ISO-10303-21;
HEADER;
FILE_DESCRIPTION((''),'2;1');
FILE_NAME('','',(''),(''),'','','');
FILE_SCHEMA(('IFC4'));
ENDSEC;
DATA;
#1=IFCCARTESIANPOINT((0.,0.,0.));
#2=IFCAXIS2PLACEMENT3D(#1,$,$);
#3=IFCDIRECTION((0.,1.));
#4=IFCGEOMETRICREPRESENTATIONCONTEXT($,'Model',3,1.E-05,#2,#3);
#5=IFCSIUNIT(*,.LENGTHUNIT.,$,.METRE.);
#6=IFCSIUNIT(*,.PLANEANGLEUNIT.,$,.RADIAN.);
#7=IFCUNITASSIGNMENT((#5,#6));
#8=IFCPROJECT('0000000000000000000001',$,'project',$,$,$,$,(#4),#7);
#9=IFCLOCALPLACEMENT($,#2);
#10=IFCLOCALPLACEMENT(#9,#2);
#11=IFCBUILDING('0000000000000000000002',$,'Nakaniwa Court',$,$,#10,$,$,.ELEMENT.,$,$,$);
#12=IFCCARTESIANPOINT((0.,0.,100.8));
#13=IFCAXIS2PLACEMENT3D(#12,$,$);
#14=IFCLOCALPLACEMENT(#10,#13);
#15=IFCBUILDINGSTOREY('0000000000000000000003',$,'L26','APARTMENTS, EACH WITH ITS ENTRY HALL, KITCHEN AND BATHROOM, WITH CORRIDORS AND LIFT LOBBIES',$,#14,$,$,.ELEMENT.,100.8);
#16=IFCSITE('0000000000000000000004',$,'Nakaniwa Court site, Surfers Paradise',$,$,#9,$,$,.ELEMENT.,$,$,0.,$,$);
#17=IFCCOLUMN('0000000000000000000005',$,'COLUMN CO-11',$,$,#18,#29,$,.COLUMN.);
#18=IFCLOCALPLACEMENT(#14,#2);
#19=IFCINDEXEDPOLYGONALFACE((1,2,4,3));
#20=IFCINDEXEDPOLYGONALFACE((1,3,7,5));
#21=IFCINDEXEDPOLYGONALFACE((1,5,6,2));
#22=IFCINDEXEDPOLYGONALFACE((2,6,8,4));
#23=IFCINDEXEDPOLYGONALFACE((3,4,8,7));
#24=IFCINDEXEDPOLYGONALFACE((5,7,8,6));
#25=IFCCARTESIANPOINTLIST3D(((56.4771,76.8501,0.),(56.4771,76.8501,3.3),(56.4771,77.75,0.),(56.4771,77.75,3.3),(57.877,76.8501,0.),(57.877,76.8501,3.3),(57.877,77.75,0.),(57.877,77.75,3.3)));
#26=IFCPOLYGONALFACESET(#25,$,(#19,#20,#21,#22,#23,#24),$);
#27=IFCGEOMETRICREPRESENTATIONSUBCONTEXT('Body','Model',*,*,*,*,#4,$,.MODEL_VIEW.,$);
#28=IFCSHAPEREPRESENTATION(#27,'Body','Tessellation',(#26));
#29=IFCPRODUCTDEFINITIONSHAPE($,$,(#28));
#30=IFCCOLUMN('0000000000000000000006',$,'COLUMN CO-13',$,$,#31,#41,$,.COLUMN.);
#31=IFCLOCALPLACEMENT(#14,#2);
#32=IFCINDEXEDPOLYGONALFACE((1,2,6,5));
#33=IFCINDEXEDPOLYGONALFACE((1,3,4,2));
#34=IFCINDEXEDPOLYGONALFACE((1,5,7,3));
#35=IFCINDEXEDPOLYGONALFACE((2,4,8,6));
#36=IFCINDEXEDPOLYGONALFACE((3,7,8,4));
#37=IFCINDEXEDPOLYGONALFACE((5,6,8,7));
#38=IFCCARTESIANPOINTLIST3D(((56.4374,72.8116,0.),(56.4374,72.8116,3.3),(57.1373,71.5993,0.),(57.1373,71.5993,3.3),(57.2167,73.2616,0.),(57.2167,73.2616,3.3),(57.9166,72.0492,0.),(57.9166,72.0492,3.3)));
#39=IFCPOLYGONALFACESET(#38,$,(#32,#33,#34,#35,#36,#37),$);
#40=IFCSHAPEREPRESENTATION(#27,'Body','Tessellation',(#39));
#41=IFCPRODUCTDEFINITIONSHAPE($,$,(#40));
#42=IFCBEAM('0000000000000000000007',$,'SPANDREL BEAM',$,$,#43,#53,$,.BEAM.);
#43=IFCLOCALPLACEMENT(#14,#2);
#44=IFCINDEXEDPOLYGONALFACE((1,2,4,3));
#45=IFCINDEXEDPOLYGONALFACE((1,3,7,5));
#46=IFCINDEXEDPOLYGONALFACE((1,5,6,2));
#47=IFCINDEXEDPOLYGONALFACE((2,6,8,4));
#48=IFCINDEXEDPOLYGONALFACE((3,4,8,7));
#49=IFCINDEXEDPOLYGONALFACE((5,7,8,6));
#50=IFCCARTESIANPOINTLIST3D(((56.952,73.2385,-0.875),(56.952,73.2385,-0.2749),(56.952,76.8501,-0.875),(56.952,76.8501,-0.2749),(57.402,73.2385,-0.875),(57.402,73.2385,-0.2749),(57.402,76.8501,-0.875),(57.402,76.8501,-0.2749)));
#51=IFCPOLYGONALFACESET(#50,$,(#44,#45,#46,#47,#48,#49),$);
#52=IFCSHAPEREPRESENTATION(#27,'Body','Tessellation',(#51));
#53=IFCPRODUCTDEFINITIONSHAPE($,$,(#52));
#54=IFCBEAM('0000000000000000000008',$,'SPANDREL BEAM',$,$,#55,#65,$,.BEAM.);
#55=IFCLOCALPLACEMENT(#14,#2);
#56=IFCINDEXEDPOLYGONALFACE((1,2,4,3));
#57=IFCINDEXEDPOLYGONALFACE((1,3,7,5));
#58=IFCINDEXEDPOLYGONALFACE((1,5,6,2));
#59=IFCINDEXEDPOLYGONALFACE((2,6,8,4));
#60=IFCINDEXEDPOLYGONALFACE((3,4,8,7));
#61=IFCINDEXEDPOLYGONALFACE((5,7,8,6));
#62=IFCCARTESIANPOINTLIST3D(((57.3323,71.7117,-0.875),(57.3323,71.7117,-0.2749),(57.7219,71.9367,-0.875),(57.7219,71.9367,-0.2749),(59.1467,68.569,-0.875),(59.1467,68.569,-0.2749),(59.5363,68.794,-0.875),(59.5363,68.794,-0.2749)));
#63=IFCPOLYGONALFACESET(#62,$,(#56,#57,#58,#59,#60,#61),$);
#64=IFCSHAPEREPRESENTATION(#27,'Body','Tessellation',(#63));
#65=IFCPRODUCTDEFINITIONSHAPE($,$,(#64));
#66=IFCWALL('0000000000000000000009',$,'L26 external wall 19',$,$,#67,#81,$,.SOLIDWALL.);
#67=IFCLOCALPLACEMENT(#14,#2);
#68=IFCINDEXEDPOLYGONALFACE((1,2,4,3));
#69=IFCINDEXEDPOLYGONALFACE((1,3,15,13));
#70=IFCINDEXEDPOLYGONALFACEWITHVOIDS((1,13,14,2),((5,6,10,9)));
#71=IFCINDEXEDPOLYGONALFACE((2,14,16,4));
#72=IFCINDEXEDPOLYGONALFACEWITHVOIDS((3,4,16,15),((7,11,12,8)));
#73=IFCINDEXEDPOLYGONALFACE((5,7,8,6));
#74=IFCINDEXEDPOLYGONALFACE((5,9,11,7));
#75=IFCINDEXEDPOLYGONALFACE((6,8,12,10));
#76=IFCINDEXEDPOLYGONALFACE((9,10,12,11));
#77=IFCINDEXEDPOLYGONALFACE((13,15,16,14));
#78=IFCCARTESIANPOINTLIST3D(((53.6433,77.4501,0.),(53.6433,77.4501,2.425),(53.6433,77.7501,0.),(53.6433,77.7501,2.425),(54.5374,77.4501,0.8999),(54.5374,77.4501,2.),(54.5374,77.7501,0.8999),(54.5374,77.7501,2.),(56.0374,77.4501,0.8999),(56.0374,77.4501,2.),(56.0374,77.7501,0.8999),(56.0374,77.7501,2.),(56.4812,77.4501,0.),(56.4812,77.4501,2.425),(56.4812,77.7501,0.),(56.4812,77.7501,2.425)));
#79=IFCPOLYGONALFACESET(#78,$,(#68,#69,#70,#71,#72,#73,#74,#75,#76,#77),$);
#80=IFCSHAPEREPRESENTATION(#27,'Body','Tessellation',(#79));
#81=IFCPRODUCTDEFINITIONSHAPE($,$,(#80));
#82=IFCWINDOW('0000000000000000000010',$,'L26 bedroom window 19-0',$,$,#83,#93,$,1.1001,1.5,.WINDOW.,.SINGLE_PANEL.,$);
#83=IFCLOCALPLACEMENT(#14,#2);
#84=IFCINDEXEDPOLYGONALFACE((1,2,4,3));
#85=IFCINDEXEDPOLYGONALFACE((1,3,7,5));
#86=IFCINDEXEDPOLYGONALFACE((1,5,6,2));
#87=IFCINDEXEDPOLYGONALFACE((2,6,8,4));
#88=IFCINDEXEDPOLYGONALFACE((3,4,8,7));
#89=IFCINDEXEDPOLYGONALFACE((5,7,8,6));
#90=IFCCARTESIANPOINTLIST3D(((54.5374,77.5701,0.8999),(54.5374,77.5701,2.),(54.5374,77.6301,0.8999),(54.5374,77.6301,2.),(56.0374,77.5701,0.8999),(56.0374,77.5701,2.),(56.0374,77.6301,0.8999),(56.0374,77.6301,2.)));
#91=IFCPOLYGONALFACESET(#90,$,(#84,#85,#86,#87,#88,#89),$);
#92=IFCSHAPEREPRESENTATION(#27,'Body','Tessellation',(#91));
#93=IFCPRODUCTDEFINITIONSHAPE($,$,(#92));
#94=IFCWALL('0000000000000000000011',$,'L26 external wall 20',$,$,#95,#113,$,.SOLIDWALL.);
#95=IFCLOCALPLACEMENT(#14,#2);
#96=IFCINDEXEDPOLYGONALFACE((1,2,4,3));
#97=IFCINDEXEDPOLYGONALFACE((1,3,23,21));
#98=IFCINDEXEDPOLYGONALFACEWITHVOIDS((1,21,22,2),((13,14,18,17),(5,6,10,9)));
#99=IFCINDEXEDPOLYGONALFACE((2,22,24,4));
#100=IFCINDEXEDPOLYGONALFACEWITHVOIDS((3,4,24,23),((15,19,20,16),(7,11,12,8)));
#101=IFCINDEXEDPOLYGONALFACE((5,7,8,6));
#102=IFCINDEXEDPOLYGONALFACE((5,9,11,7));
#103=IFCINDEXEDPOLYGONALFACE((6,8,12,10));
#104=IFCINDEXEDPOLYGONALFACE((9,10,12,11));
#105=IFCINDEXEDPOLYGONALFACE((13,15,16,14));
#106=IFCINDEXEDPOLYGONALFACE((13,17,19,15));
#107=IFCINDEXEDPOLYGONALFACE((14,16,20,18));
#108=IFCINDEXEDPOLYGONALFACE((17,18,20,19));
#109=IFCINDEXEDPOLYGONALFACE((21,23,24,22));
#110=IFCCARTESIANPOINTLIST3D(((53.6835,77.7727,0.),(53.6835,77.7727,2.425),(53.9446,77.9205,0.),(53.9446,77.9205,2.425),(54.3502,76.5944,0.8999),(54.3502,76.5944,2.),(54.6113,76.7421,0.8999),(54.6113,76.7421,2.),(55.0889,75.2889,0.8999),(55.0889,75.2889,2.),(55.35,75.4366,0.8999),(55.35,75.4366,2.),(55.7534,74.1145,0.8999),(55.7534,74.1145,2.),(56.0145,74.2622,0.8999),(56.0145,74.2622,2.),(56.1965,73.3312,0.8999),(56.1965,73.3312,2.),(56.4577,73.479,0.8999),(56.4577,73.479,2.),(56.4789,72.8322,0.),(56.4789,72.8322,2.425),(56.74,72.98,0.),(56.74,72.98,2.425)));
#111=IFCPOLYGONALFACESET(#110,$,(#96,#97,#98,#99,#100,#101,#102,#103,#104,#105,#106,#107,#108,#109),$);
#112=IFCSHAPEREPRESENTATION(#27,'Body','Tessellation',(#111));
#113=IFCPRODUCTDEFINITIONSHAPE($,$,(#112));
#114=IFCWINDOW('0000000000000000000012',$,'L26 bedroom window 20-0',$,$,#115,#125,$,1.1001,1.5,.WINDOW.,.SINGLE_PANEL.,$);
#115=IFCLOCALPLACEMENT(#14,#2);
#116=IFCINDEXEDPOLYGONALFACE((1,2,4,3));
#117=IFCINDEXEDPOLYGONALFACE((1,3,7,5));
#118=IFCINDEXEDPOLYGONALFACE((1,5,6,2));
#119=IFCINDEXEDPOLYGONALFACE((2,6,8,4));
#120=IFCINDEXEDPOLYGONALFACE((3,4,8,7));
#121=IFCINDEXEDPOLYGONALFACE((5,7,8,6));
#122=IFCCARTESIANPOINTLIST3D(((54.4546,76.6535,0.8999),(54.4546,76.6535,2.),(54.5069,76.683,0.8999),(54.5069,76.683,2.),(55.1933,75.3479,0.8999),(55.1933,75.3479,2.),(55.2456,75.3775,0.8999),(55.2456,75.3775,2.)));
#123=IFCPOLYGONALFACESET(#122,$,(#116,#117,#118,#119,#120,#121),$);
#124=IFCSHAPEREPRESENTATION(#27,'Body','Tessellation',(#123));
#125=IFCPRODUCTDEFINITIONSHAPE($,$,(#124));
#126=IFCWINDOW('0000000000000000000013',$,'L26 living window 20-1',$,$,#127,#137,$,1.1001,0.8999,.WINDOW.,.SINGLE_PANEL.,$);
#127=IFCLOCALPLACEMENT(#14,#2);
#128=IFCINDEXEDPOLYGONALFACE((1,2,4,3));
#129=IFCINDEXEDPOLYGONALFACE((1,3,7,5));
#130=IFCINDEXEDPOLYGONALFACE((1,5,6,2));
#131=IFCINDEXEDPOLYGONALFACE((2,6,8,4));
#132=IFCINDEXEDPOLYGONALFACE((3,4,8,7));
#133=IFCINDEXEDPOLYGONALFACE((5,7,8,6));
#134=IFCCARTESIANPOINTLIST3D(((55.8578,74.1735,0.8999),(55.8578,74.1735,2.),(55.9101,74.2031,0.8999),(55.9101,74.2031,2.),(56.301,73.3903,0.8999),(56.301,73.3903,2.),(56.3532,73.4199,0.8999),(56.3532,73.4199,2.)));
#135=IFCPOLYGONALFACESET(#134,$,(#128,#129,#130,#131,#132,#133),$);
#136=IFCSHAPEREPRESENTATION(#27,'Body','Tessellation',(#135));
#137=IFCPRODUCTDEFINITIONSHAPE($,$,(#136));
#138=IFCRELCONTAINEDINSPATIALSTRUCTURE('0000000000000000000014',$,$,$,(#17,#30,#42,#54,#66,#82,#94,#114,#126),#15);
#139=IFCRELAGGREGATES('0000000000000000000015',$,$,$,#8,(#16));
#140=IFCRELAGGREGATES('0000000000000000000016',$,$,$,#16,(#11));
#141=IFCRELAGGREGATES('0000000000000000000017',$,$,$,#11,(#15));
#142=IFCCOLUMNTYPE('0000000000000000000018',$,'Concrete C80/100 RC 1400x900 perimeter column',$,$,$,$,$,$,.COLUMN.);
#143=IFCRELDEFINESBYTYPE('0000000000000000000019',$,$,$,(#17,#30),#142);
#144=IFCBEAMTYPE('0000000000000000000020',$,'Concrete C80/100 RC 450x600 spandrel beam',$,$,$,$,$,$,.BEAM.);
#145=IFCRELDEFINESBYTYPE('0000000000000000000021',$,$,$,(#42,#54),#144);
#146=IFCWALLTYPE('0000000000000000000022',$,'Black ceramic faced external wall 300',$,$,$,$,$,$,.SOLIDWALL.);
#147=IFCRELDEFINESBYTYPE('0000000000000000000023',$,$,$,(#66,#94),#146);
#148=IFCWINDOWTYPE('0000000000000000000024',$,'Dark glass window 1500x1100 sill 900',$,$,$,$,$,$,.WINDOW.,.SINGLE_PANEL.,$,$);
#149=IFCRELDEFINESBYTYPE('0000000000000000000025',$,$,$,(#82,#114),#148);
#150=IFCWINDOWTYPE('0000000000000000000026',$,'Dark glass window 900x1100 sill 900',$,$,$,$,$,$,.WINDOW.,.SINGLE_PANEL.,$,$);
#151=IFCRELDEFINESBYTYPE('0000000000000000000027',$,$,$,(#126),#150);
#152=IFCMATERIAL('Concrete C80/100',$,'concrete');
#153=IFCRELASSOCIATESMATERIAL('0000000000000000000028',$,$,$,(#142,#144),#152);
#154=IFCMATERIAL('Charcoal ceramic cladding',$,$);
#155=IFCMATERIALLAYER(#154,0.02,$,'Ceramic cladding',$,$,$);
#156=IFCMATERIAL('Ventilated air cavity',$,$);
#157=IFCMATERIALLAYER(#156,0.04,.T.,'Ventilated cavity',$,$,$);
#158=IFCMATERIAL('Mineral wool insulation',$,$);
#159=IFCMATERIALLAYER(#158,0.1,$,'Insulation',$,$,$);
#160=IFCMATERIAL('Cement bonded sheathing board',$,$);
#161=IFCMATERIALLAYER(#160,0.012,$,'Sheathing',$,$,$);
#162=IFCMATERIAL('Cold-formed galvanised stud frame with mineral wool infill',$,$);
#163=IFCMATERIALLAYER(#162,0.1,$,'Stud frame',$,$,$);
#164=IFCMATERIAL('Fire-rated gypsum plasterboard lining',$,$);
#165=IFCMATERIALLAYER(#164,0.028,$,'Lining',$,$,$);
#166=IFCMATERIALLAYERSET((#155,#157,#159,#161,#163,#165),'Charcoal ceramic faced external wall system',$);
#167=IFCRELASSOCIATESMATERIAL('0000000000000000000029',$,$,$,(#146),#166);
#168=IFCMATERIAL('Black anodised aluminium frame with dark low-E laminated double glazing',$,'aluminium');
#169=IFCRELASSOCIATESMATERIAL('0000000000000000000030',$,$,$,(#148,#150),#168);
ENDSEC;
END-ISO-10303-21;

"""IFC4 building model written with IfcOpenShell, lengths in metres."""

from ifc_helpers import new_model, si_unit, direction, frame, frame_2d, origin, origin_2d, place, context, subcontext, project, spatial, rectangle, extrude, material, layer, layer_set, material_profile, profile_set, type_object, element, fill, save


model = new_model("IFC4")

# Units and contexts
model_context = context("Model", 3, precision=1e-05, world=origin(), true_north=direction((0.0, 1.0)))
body_context = subcontext(model_context, "Body", "Model", "MODEL_VIEW")
ifc_project = project(units=[si_unit("LENGTHUNIT", "METRE"), si_unit("PLANEANGLEUNIT", "RADIAN")], contexts=[model_context])

# Site, building, storey
site_placement = place(None, origin())
site = spatial("IfcSite", under=ifc_project, at=site_placement, Name="Nakaniwa Court site, Surfers Paradise", CompositionType="ELEMENT", RefElevation=0.0)
building_placement = place(site_placement, origin())
building = spatial("IfcBuilding", under=site, at=building_placement, Name="Nakaniwa Court", CompositionType="ELEMENT")
storey_placement = place(building_placement, frame((0.0, 0.0, 100.8)))
storey = spatial("IfcBuildingStorey", under=building, at=storey_placement, Name="L26", Description="APARTMENTS, EACH WITH ITS ENTRY HALL, KITCHEN AND BATHROOM, WITH CORRIDORS AND LIFT LOBBIES", CompositionType="ELEMENT", Elevation=100.8)

# Columns
ifc_material_1 = material(Name="Concrete C80/100", Category="concrete")
ifc_material_profile_1 = material_profile(ifc_material_1, rectangle(XDim=1.3999, YDim=0.8999, at=origin_2d()), Name="Concrete C80/100 RC 1400x900 perimeter column")
ifc_profile_set_1 = profile_set([ifc_material_profile_1], Name="Concrete C80/100")
column_type = type_object("IfcColumnType", Name="Concrete C80/100 RC 1400x900 perimeter column", PredefinedType="COLUMN", material=ifc_profile_set_1)
for number, where, z_axis, x_axis, name in (
    (1, (57.177, 77.3, 0.0), (0.0, 0.0, 1.0), (-1.0, 0.0, 0.0), "COLUMN CO-11"),
    (2, (57.177, 72.4304, 0.0), (0.0, 0.0, 1.0), (0.5, -0.866025, 0.0), "COLUMN CO-13"),
):
    element("IfcColumn", number, at=place(storey_placement, frame(where, z_axis=z_axis, x_axis=x_axis)), inside=storey, type_object=column_type, Name=name, PredefinedType="COLUMN", context=body_context, shape_type="SweptSolid", body=[
        extrude(rectangle(XDim=1.3999, YDim=0.8999, at=origin_2d()), origin(), (0.0, 0.0, 1.0), 3.3),
    ])

# Beams
ifc_material_profile_2 = material_profile(ifc_material_1, rectangle(XDim=0.45, YDim=0.6001, at=origin_2d()), Name="Concrete C80/100 RC 450x600 spandrel beam")
ifc_profile_set_2 = profile_set([ifc_material_profile_2], Name="Concrete C80/100")
beam_type = type_object("IfcBeamType", Name="Concrete C80/100 RC 450x600 spandrel beam", PredefinedType="BEAM", material=ifc_profile_set_2)
beam_1_placement = place(storey_placement, frame((57.177, 76.8501, -0.575), z_axis=(0.0, -1.0, 0.0), x_axis=(1.0, 0.0, 0.0)))
element("IfcBeam", 3, at=beam_1_placement, inside=storey, type_object=beam_type, Name="SPANDREL BEAM", PredefinedType="BEAM", context=body_context, shape_type="SweptSolid", body=[
    extrude(rectangle(XDim=0.45, YDim=0.6001, at=origin_2d()), origin(), (0.0, 0.0, 1.0), 3.6116),
])
beam_2_placement = place(storey_placement, frame((57.5271, 71.8242, -0.575), z_axis=(0.499988, -0.866032, 0.0), x_axis=(0.866032, 0.499988, 0.0)))
element("IfcBeam", 4, at=beam_2_placement, inside=storey, type_object=beam_type, Name="SPANDREL BEAM", PredefinedType="BEAM", context=body_context, shape_type="SweptSolid", body=[
    extrude(rectangle(XDim=0.45, YDim=0.6001, at=origin_2d()), origin(), (0.0, 0.0, 1.0), 3.6289),
])

# Wall, opening, window
ifc_material_2 = material(Name="Charcoal ceramic cladding")
ifc_layer_1 = layer(ifc_material_2, 0.02, Name="Ceramic cladding")
ifc_material_3 = material(Name="Ventilated air cavity")
ifc_layer_2 = layer(ifc_material_3, 0.04, ventilated=True, Name="Ventilated cavity")
ifc_material_4 = material(Name="Mineral wool insulation")
ifc_layer_3 = layer(ifc_material_4, 0.1, Name="Insulation")
ifc_material_5 = material(Name="Cement bonded sheathing board")
ifc_layer_4 = layer(ifc_material_5, 0.012, Name="Sheathing")
ifc_material_6 = material(Name="Cold-formed galvanised stud frame with mineral wool infill")
ifc_layer_5 = layer(ifc_material_6, 0.1, Name="Stud frame")
ifc_material_7 = material(Name="Fire-rated gypsum plasterboard lining")
ifc_layer_6 = layer(ifc_material_7, 0.028, Name="Lining")
ifc_layer_set_1 = layer_set([ifc_layer_1, ifc_layer_2, ifc_layer_3, ifc_layer_4, ifc_layer_5, ifc_layer_6], Name="Charcoal ceramic faced external wall system")
wall_type_1 = type_object("IfcWallType", Name="Black ceramic faced external wall 300", PredefinedType="SOLIDWALL", material=ifc_layer_set_1)
wall_1_placement = place(storey_placement, frame((56.4812, 77.6001, 0.0), z_axis=(0.0, 0.0, 1.0), x_axis=(-1.0, 0.0, 0.0)))
wall_1 = element("IfcWall", 5, at=wall_1_placement, inside=storey, type_object=wall_type_1, Name="L26 external wall 19", PredefinedType="SOLIDWALL", context=body_context, shape_type="SweptSolid", body=[
    extrude(rectangle(XDim=2.8379, YDim=0.3, at=frame_2d((1.4189, 0.0))), origin(), (0.0, 0.0, 1.0), 2.425),
])
opening_1_placement = place(wall_1_placement, frame((0.4438, 0.0, 0.8999)))
opening_1 = element("IfcOpeningElement", 6, at=opening_1_placement, cuts=wall_1, PredefinedType="OPENING", context=body_context, shape_type="SweptSolid", body=[
    extrude(rectangle(XDim=1.5, YDim=1.1001, at=frame_2d((0.75, 0.55))), frame((0.0, 0.1599, 0.0), z_axis=(0.0, -1.0, 0.0), x_axis=(1.0, 0.0, 0.0)), (0.0, 0.0, 1.0), 0.3201),
])
ifc_material_8 = material(Name="Black anodised aluminium frame with dark low-E laminated double glazing", Category="aluminium")
window_type_1 = type_object("IfcWindowType", Name="Dark glass window 1500x1100 sill 900", PartitioningType="SINGLE_PANEL", PredefinedType="WINDOW", material=ifc_material_8)
window_1_placement = place(opening_1_placement, origin())
window_1 = element("IfcWindow", 7, at=window_1_placement, inside=storey, type_object=window_type_1, Name="L26 bedroom window 19-0", OverallHeight=1.1001, OverallWidth=1.5, PartitioningType="SINGLE_PANEL", PredefinedType="WINDOW", context=body_context, shape_type="SweptSolid", body=[
    extrude(rectangle(XDim=1.5, YDim=1.1001, at=frame_2d((0.75, 0.55))), frame((0.0, 0.03, 0.0), z_axis=(0.0, -1.0, 0.0), x_axis=(1.0, 0.0, 0.0)), (0.0, 0.0, 1.0), 0.0601),
])
fill(opening_1, window_1)

# Wall, openings, windows
wall_2_placement = place(storey_placement, frame((53.814, 77.8467, 0.0), z_axis=(0.0, 0.0, 1.0), x_axis=(0.492457, -0.870337, 0.0)))
wall_2 = element("IfcWall", 8, at=wall_2_placement, inside=storey, type_object=wall_type_1, Name="L26 external wall 20", PredefinedType="SOLIDWALL", context=body_context, shape_type="SweptSolid", body=[
    extrude(rectangle(XDim=5.6765, YDim=0.3, at=frame_2d((2.8384, 0.0))), origin(), (0.0, 0.0, 1.0), 2.425),
])
opening_2_placement = place(wall_2_placement, frame((1.354, 0.0, 0.8999)))
opening_2 = element("IfcOpeningElement", 9, at=opening_2_placement, cuts=wall_2, PredefinedType="OPENING", context=body_context, shape_type="SweptSolid", body=[
    extrude(rectangle(XDim=1.5, YDim=1.1001, at=frame_2d((0.75, 0.55))), frame((0.0, 0.1599, 0.0), z_axis=(0.0, -1.0, 0.0), x_axis=(1.0, 0.0, 0.0)), (0.0, 0.0, 1.0), 0.3201),
])
opening_3_placement = place(wall_2_placement, frame((4.2034, 0.0, 0.8999)))
opening_3 = element("IfcOpeningElement", 10, at=opening_3_placement, cuts=wall_2, PredefinedType="OPENING", context=body_context, shape_type="SweptSolid", body=[
    extrude(rectangle(XDim=0.8999, YDim=1.1001, at=frame_2d((0.45, 0.55))), frame((0.0, 0.1599, 0.0), z_axis=(0.0, -1.0, 0.0), x_axis=(1.0, 0.0, 0.0)), (0.0, 0.0, 1.0), 0.3201),
])
window_2_placement = place(opening_2_placement, origin())
window_2 = element("IfcWindow", 11, at=window_2_placement, inside=storey, type_object=window_type_1, Name="L26 bedroom window 20-0", OverallHeight=1.1001, OverallWidth=1.5, PartitioningType="SINGLE_PANEL", PredefinedType="WINDOW", context=body_context, shape_type="SweptSolid", body=[
    extrude(rectangle(XDim=1.5, YDim=1.1001, at=frame_2d((0.75, 0.55))), frame((0.0, 0.03, 0.0), z_axis=(0.0, -1.0, 0.0), x_axis=(1.0, 0.0, 0.0)), (0.0, 0.0, 1.0), 0.0601),
])
fill(opening_2, window_2)
window_type_2 = type_object("IfcWindowType", Name="Dark glass window 900x1100 sill 900", PartitioningType="SINGLE_PANEL", PredefinedType="WINDOW", material=ifc_material_8)
window_3_placement = place(opening_3_placement, origin())
window_3 = element("IfcWindow", 12, at=window_3_placement, inside=storey, type_object=window_type_2, Name="L26 living window 20-1", OverallHeight=1.1001, OverallWidth=0.8999, PartitioningType="SINGLE_PANEL", PredefinedType="WINDOW", context=body_context, shape_type="SweptSolid", body=[
    extrude(rectangle(XDim=0.8999, YDim=1.1001, at=frame_2d((0.45, 0.55))), frame((0.0, 0.03, 0.0), z_axis=(0.0, -1.0, 0.0), x_axis=(1.0, 0.0, 0.0)), (0.0, 0.0, 1.0), 0.0601),
])
fill(opening_3, window_3)

save(model, "model.ifc")
